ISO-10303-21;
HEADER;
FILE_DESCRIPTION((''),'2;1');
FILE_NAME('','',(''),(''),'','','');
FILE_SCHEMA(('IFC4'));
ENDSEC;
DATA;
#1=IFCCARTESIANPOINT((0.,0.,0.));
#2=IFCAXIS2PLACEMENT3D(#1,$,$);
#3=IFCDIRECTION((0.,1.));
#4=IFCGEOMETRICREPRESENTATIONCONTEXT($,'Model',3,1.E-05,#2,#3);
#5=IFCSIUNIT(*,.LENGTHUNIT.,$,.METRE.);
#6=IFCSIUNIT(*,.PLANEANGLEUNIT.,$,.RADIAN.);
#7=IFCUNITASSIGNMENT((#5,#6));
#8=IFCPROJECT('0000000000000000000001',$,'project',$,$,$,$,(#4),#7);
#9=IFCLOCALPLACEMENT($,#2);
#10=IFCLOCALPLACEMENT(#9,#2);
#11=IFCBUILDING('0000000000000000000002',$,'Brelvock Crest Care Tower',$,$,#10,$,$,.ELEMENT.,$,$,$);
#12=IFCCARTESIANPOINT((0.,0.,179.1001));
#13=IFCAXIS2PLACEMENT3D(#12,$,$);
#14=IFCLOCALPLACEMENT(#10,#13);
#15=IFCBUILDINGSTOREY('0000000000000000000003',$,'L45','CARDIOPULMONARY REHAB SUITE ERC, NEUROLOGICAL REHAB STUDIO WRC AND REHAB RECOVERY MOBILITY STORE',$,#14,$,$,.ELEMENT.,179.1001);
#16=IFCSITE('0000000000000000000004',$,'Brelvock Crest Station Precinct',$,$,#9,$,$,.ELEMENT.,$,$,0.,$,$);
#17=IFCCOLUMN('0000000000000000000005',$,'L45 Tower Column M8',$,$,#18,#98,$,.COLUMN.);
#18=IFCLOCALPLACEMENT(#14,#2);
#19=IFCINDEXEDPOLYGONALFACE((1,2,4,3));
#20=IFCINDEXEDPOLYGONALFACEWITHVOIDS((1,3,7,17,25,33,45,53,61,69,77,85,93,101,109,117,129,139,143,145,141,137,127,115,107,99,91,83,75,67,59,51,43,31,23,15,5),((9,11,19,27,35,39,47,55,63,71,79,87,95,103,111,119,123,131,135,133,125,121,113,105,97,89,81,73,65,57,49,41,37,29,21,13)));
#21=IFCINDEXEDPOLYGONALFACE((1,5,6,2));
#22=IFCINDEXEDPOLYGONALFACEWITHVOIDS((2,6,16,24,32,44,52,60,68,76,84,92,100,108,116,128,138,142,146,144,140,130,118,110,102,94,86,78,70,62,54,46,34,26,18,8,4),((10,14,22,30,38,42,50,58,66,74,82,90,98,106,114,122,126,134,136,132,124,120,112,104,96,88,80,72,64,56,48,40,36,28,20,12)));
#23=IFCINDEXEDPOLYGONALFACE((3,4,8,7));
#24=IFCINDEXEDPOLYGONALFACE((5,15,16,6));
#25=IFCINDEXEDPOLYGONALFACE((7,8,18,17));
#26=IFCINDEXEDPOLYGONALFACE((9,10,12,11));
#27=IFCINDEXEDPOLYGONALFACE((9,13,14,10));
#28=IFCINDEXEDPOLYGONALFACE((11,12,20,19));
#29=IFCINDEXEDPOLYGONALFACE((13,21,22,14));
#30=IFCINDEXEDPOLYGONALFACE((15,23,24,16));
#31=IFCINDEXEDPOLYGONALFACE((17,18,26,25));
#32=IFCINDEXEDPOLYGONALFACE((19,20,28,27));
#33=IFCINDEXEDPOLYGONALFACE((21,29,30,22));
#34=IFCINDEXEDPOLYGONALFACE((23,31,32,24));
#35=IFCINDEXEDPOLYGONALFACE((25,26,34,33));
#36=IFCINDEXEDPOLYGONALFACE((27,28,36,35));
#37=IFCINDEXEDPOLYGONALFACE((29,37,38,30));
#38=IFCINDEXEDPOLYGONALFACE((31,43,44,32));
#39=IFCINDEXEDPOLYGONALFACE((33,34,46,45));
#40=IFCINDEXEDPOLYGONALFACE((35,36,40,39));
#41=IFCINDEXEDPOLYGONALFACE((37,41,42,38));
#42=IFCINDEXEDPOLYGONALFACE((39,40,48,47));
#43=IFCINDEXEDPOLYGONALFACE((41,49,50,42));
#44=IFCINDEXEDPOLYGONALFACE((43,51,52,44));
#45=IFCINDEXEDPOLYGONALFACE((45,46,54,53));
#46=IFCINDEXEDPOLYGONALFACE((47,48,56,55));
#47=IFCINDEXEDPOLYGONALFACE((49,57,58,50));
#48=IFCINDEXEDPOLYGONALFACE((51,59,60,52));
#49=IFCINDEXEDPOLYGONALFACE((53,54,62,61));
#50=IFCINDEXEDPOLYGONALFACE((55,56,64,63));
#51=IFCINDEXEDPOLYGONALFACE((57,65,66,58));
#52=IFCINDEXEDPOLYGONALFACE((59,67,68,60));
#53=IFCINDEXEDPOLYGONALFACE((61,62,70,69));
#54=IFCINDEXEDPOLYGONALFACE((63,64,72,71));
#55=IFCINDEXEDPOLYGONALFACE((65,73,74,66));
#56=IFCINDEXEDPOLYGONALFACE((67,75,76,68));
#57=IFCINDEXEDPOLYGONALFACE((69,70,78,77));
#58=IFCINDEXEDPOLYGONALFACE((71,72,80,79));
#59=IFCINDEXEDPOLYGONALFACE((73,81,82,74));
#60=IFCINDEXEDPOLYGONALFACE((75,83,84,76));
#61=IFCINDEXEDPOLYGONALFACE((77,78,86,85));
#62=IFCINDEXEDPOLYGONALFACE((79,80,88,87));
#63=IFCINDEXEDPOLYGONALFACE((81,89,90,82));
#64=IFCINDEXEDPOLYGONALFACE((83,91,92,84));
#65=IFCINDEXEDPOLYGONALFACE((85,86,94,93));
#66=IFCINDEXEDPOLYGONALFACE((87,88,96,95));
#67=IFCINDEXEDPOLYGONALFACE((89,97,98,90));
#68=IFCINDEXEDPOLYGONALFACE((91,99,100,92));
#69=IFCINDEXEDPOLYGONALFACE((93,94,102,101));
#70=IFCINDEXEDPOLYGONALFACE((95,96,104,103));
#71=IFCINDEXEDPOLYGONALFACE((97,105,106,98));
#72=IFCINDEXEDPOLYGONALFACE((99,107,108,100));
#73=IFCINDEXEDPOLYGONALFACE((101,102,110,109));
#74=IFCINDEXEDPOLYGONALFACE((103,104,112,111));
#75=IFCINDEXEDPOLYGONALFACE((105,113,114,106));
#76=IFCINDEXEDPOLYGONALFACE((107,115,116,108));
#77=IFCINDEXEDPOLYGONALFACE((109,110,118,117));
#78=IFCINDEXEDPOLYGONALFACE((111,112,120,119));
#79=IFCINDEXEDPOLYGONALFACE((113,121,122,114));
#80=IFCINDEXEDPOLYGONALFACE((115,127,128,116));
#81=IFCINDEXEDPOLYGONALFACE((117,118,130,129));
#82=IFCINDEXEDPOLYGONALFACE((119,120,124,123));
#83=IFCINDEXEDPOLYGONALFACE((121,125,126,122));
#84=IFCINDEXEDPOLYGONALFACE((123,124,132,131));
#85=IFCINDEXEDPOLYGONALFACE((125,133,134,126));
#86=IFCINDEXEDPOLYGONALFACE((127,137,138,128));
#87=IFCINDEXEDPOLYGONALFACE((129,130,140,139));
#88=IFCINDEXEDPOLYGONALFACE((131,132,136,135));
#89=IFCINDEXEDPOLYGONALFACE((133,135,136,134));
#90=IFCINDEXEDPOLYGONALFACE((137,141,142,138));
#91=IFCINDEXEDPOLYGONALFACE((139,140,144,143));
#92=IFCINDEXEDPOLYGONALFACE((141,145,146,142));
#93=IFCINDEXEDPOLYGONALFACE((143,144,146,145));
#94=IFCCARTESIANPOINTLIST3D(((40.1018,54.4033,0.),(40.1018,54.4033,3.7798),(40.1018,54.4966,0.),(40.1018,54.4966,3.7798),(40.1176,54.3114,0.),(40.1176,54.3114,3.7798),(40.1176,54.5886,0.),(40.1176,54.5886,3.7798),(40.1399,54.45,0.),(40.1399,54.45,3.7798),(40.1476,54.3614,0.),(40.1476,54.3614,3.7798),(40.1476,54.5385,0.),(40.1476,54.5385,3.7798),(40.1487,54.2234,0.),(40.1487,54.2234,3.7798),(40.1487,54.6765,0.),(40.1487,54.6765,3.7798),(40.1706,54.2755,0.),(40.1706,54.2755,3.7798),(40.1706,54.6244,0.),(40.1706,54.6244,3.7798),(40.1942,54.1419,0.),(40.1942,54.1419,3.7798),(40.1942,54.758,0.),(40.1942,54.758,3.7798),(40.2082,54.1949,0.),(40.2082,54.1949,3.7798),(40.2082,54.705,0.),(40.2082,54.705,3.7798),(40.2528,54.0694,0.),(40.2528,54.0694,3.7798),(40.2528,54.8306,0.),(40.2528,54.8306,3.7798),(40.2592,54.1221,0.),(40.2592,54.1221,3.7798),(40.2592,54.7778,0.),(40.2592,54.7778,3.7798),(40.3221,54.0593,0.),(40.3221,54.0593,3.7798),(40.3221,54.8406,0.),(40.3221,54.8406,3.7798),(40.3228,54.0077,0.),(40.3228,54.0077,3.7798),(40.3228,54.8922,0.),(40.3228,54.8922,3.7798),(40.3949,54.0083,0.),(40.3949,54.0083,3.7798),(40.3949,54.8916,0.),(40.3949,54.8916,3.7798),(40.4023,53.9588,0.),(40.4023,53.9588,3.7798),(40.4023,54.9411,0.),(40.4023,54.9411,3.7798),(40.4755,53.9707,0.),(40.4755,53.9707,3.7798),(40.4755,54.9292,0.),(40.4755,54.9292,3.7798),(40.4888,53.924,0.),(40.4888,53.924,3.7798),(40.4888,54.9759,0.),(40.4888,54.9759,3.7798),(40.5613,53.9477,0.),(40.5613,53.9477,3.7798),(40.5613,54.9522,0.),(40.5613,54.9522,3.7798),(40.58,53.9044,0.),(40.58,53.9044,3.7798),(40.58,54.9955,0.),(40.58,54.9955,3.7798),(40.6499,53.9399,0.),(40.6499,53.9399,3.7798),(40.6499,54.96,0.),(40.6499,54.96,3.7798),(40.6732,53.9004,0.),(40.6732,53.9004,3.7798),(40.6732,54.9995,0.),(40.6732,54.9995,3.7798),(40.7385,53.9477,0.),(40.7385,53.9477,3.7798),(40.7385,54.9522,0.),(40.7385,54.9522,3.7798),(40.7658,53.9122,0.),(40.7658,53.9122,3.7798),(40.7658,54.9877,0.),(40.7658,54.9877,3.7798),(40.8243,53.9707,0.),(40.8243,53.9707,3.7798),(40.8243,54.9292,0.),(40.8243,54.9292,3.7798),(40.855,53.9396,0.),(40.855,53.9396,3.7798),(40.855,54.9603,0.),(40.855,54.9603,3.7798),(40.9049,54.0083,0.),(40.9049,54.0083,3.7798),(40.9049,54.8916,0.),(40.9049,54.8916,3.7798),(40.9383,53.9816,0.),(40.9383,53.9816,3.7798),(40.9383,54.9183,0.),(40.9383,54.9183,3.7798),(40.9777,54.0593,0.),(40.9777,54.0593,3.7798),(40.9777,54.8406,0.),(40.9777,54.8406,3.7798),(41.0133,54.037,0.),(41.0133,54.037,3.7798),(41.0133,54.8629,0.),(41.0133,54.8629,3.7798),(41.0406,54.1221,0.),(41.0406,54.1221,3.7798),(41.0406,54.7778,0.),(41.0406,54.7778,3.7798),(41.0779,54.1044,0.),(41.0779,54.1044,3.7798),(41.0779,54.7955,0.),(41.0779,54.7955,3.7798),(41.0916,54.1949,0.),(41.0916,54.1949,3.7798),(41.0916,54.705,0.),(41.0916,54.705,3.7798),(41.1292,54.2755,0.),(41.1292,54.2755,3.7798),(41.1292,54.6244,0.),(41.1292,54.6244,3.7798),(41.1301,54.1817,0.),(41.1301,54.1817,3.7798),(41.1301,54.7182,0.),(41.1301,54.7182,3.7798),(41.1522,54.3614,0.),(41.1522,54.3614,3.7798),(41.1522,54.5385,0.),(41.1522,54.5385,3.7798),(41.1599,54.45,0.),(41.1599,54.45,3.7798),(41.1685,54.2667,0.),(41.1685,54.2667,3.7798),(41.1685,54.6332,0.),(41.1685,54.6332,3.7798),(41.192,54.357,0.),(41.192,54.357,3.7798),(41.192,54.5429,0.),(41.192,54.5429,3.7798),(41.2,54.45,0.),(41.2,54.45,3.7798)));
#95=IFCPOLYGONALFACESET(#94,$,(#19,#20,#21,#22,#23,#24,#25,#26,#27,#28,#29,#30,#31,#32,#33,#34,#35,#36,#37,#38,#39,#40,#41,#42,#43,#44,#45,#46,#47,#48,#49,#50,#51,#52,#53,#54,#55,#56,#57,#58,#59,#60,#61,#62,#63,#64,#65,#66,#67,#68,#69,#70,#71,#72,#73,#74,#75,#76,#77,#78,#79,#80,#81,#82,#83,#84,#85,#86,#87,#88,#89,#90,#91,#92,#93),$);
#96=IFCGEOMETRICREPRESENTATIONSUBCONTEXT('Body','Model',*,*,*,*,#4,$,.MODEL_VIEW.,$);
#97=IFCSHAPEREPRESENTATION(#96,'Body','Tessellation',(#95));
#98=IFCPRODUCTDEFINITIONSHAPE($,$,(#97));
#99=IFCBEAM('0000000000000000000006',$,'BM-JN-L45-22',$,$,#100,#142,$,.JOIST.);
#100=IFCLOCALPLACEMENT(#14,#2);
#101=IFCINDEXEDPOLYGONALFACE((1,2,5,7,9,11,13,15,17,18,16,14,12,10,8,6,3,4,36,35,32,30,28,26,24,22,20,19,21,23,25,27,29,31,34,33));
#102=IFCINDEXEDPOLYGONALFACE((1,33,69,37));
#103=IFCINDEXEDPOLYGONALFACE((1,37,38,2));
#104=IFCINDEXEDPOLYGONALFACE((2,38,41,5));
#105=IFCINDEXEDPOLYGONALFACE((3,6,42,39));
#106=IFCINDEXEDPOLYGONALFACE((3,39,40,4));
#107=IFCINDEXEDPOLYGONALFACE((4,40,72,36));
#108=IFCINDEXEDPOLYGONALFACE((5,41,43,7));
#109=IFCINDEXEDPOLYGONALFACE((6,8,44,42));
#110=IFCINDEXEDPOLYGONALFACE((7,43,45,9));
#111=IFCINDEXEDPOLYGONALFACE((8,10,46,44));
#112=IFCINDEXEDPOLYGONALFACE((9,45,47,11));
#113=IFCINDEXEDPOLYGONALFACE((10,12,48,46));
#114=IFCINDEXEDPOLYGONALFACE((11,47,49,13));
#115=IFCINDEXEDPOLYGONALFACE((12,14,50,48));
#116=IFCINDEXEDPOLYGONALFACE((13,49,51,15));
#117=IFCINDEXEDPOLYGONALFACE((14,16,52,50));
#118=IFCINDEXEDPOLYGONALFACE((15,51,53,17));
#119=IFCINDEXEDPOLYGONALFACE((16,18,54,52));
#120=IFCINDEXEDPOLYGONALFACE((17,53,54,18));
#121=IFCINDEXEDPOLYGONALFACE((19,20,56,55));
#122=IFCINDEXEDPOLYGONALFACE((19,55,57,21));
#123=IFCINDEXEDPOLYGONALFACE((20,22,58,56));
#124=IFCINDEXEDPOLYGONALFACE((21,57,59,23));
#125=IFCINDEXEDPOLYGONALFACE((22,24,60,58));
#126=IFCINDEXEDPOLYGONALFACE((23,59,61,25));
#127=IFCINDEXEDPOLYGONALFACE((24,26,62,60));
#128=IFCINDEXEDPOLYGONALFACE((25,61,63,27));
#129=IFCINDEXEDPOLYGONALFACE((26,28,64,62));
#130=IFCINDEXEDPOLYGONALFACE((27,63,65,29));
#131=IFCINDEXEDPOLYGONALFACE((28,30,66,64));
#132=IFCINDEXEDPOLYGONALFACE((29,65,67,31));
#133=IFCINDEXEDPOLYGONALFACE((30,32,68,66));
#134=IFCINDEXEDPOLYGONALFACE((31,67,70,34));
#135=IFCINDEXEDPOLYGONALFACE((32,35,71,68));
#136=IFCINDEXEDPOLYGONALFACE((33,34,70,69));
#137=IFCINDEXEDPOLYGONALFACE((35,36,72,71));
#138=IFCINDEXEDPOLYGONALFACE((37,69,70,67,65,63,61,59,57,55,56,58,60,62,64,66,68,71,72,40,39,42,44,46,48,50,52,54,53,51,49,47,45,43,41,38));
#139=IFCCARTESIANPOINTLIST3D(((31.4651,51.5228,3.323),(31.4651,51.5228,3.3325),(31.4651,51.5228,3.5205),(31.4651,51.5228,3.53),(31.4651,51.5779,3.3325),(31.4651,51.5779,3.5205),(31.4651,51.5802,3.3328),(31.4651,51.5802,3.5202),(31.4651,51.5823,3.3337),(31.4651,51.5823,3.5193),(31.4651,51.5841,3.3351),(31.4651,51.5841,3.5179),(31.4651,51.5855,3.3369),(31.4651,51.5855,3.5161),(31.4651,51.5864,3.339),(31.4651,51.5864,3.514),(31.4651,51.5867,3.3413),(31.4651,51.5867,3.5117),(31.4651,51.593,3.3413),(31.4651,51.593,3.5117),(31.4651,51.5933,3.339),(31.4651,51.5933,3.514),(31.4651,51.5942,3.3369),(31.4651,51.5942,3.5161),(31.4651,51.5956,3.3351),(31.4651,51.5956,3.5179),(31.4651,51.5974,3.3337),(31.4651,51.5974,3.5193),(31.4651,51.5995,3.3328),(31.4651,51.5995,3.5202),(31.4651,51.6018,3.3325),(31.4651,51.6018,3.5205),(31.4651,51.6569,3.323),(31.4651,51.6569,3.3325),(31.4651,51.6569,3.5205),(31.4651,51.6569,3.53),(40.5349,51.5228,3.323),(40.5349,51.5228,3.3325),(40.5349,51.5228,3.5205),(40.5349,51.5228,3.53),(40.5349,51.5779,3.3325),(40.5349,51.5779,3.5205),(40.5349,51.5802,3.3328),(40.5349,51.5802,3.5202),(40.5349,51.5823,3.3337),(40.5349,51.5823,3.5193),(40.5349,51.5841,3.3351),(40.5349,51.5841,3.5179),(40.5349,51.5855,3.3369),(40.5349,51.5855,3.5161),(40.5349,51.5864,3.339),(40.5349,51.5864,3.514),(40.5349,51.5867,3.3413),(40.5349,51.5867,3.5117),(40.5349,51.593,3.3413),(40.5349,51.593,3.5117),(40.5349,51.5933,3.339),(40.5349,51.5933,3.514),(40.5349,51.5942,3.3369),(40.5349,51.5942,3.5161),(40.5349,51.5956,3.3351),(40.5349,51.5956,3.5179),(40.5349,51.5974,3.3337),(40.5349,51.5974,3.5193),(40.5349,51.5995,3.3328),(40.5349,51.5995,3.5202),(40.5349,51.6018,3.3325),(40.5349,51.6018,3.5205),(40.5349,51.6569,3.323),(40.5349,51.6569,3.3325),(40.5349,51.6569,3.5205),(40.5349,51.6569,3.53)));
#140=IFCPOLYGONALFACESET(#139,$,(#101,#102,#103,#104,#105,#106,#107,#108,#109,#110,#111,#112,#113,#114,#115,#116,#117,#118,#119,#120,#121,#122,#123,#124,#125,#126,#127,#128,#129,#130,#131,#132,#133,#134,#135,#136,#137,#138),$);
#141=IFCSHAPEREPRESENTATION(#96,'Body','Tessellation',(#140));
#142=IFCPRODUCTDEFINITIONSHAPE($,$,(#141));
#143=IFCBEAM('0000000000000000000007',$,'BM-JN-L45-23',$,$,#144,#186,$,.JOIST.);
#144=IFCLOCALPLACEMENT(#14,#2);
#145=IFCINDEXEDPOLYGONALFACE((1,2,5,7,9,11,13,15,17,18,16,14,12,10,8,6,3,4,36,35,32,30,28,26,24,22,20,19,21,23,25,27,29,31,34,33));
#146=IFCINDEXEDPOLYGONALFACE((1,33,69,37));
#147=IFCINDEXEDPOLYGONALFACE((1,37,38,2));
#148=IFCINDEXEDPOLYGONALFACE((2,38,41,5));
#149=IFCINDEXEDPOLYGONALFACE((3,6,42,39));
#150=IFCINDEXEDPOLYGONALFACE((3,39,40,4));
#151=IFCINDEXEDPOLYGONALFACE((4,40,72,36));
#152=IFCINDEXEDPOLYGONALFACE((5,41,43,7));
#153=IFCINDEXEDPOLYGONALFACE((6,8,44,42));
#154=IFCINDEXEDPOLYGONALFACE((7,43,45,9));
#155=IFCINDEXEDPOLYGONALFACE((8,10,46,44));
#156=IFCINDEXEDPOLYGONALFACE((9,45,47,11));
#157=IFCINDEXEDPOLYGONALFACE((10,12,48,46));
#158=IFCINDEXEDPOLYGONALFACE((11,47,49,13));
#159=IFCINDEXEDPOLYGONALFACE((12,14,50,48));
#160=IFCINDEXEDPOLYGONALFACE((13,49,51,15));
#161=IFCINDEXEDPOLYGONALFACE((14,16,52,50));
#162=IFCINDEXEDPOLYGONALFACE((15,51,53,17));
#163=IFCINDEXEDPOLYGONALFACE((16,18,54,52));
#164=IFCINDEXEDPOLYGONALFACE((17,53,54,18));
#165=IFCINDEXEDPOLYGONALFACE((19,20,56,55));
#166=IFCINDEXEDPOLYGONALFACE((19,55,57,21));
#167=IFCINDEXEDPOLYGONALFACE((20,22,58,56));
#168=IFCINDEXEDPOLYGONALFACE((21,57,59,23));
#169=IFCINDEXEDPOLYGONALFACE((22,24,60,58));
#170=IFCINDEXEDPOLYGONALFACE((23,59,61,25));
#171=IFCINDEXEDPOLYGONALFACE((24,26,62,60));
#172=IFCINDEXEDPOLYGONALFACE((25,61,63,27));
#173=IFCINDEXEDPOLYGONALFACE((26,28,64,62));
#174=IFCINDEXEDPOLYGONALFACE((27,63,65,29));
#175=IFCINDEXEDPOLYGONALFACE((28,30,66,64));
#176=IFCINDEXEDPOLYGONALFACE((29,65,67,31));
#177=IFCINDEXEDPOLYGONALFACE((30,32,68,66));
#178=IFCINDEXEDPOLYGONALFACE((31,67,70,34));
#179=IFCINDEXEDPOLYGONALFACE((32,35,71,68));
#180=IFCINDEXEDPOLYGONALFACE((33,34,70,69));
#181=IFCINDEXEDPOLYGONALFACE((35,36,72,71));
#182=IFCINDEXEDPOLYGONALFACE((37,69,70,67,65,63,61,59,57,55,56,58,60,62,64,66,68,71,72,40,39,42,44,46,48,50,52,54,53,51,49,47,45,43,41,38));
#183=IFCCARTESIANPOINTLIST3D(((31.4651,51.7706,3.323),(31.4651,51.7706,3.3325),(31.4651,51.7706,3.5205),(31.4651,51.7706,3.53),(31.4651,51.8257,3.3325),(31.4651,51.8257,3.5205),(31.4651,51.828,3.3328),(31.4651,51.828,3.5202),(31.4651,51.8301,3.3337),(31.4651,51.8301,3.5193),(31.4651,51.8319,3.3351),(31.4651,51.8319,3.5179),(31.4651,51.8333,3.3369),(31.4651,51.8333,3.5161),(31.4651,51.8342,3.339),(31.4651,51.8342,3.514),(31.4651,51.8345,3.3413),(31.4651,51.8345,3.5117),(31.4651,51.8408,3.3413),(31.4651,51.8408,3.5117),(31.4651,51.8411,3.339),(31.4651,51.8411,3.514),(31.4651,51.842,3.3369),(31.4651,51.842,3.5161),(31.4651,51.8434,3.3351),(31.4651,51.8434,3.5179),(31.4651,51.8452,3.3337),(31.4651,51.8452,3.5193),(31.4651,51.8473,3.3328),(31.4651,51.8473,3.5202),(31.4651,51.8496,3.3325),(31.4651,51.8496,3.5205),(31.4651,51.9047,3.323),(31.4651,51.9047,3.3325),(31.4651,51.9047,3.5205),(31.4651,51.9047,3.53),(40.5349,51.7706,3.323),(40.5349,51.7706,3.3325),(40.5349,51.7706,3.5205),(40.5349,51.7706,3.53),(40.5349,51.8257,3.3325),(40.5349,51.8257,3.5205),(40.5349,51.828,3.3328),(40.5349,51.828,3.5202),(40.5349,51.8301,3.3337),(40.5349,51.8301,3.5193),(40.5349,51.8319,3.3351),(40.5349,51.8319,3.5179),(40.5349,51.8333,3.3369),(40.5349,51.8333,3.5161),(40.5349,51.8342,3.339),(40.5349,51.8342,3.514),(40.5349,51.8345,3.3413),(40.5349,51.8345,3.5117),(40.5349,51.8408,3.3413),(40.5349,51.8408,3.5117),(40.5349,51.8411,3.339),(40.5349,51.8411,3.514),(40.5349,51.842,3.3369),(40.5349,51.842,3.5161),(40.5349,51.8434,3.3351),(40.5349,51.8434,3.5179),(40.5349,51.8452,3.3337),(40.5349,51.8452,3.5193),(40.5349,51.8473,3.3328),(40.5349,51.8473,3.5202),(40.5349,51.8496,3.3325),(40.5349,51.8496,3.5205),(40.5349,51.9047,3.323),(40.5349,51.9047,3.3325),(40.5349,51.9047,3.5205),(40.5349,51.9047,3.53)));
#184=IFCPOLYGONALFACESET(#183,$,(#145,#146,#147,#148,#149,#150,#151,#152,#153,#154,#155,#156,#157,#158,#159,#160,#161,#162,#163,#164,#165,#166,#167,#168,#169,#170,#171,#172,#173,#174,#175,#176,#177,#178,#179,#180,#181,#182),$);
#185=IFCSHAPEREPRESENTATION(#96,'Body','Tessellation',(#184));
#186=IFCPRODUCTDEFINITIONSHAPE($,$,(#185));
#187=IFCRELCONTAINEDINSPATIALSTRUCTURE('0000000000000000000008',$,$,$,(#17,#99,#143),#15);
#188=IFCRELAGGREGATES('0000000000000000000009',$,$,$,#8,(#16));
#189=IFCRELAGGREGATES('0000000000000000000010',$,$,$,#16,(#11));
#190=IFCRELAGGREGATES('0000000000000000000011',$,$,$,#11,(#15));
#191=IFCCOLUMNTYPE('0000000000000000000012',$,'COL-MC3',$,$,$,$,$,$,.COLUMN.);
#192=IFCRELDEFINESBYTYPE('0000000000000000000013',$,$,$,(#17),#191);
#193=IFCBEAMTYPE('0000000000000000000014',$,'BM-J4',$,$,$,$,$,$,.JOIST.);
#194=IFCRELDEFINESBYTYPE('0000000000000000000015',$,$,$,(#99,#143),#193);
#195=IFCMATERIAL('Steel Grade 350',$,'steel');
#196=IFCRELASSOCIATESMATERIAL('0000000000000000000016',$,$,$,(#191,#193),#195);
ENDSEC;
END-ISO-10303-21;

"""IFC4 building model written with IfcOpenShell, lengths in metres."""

from ifc_helpers import new_model, si_unit, direction, frame, origin, origin_2d, place, context, subcontext, project, spatial, hollow_circle, i_section, extrude, source, transform, mapped, material, material_profile, profile_set, type_object, element, save


model = new_model("IFC4")

# Units and contexts
model_context = context("Model", 3, precision=1e-05, world=origin(), true_north=direction((0.0, 1.0)))
body_context = subcontext(model_context, "Body", "Model", "MODEL_VIEW")
ifc_project = project(units=[si_unit("LENGTHUNIT", "METRE"), si_unit("PLANEANGLEUNIT", "RADIAN")], contexts=[model_context])

# Site, building, storey
site_placement = place(None, origin())
site = spatial("IfcSite", under=ifc_project, at=site_placement, Name="Brelvock Crest Station Precinct", CompositionType="ELEMENT", RefElevation=0.0)
building_placement = place(site_placement, origin())
building = spatial("IfcBuilding", under=site, at=building_placement, Name="Brelvock Crest Care Tower", CompositionType="ELEMENT")
storey_placement = place(building_placement, frame((0.0, 0.0, 179.1001)))
storey = spatial("IfcBuildingStorey", under=building, at=storey_placement, Name="L45", Description="CARDIOPULMONARY REHAB SUITE ERC, NEUROLOGICAL REHAB STUDIO WRC AND REHAB RECOVERY MOBILITY STORE", CompositionType="ELEMENT", Elevation=179.1001)

# Column
ifc_material_1 = material(Name="Steel Grade 350", Category="steel")
ifc_material_profile_1 = material_profile(ifc_material_1, hollow_circle(Radius=0.55, WallThickness=0.04, at=origin_2d()), Name="CFT1100x40")
ifc_profile_set_1 = profile_set([ifc_material_profile_1], Name="Steel Grade 350")
column_type = type_object("IfcColumnType", Name="COL-MC3", PredefinedType="COLUMN", material=ifc_profile_set_1)
shared_shape_1 = source(origin(), body_context, "Body", "SweptSolid", [
    extrude(hollow_circle(Radius=0.55, WallThickness=0.04, at=origin_2d()), origin(), (0.0, 0.0, 1.0), 3.7798),
])
column_placement = place(storey_placement, frame((40.6499, 54.45, 0.0), z_axis=(0.0, 0.0, 1.0), x_axis=(1.0, 0.0, 0.0)))
element("IfcColumn", 1, at=column_placement, inside=storey, type_object=column_type, Name="L45 Tower Column M8", PredefinedType="COLUMN", context=body_context, shape_type="MappedRepresentation", body=[
    mapped(shared_shape_1, transform((0.0, 0.0, 0.0), x_axis=(1.0, 0.0, 0.0), y_axis=(0.0, 1.0, 0.0), z_axis=(0.0, 0.0, 1.0), scale=1.0)),
])

# Beams
ifc_material_profile_2 = material_profile(ifc_material_1, i_section(OverallWidth=0.134, OverallDepth=0.207, WebThickness=0.0063, FlangeThickness=0.0095, FilletRadius=0.0088, at=origin_2d()), Name="200UB29.8")
ifc_profile_set_2 = profile_set([ifc_material_profile_2], Name="Steel Grade 350")
beam_type_1 = type_object("IfcBeamType", Name="BM-J4", PredefinedType="JOIST", material=ifc_profile_set_2)
shared_shape_2 = source(origin(), body_context, "Body", "SweptSolid", [
    extrude(i_section(OverallWidth=0.134, OverallDepth=0.207, WebThickness=0.0063, FlangeThickness=0.0095, FilletRadius=0.0088, at=origin_2d()), origin(), (0.0, 0.0, 1.0), 9.0698),
])
for number, where, z_axis, x_axis, name in (
    (2, (31.4651, 51.5898, 3.4265), (1.0, 0.0, 0.0), (0.0, 1.0, 0.0), "BM-JN-L45-22"),
    (3, (31.4651, 51.8376, 3.4265), (1.0, 0.0, 0.0), (0.0, 1.0, 0.0), "BM-JN-L45-23"),
):
    element("IfcBeam", number, at=place(storey_placement, frame(where, z_axis=z_axis, x_axis=x_axis)), inside=storey, type_object=beam_type_1, Name=name, PredefinedType="JOIST", context=body_context, shape_type="MappedRepresentation", body=[
        mapped(shared_shape_2, transform((0.0, 0.0, 0.0), x_axis=(1.0, 0.0, 0.0), y_axis=(0.0, 1.0, 0.0), z_axis=(0.0, 0.0, 1.0), scale=1.0)),
    ])

save(model, "model.ifc")
